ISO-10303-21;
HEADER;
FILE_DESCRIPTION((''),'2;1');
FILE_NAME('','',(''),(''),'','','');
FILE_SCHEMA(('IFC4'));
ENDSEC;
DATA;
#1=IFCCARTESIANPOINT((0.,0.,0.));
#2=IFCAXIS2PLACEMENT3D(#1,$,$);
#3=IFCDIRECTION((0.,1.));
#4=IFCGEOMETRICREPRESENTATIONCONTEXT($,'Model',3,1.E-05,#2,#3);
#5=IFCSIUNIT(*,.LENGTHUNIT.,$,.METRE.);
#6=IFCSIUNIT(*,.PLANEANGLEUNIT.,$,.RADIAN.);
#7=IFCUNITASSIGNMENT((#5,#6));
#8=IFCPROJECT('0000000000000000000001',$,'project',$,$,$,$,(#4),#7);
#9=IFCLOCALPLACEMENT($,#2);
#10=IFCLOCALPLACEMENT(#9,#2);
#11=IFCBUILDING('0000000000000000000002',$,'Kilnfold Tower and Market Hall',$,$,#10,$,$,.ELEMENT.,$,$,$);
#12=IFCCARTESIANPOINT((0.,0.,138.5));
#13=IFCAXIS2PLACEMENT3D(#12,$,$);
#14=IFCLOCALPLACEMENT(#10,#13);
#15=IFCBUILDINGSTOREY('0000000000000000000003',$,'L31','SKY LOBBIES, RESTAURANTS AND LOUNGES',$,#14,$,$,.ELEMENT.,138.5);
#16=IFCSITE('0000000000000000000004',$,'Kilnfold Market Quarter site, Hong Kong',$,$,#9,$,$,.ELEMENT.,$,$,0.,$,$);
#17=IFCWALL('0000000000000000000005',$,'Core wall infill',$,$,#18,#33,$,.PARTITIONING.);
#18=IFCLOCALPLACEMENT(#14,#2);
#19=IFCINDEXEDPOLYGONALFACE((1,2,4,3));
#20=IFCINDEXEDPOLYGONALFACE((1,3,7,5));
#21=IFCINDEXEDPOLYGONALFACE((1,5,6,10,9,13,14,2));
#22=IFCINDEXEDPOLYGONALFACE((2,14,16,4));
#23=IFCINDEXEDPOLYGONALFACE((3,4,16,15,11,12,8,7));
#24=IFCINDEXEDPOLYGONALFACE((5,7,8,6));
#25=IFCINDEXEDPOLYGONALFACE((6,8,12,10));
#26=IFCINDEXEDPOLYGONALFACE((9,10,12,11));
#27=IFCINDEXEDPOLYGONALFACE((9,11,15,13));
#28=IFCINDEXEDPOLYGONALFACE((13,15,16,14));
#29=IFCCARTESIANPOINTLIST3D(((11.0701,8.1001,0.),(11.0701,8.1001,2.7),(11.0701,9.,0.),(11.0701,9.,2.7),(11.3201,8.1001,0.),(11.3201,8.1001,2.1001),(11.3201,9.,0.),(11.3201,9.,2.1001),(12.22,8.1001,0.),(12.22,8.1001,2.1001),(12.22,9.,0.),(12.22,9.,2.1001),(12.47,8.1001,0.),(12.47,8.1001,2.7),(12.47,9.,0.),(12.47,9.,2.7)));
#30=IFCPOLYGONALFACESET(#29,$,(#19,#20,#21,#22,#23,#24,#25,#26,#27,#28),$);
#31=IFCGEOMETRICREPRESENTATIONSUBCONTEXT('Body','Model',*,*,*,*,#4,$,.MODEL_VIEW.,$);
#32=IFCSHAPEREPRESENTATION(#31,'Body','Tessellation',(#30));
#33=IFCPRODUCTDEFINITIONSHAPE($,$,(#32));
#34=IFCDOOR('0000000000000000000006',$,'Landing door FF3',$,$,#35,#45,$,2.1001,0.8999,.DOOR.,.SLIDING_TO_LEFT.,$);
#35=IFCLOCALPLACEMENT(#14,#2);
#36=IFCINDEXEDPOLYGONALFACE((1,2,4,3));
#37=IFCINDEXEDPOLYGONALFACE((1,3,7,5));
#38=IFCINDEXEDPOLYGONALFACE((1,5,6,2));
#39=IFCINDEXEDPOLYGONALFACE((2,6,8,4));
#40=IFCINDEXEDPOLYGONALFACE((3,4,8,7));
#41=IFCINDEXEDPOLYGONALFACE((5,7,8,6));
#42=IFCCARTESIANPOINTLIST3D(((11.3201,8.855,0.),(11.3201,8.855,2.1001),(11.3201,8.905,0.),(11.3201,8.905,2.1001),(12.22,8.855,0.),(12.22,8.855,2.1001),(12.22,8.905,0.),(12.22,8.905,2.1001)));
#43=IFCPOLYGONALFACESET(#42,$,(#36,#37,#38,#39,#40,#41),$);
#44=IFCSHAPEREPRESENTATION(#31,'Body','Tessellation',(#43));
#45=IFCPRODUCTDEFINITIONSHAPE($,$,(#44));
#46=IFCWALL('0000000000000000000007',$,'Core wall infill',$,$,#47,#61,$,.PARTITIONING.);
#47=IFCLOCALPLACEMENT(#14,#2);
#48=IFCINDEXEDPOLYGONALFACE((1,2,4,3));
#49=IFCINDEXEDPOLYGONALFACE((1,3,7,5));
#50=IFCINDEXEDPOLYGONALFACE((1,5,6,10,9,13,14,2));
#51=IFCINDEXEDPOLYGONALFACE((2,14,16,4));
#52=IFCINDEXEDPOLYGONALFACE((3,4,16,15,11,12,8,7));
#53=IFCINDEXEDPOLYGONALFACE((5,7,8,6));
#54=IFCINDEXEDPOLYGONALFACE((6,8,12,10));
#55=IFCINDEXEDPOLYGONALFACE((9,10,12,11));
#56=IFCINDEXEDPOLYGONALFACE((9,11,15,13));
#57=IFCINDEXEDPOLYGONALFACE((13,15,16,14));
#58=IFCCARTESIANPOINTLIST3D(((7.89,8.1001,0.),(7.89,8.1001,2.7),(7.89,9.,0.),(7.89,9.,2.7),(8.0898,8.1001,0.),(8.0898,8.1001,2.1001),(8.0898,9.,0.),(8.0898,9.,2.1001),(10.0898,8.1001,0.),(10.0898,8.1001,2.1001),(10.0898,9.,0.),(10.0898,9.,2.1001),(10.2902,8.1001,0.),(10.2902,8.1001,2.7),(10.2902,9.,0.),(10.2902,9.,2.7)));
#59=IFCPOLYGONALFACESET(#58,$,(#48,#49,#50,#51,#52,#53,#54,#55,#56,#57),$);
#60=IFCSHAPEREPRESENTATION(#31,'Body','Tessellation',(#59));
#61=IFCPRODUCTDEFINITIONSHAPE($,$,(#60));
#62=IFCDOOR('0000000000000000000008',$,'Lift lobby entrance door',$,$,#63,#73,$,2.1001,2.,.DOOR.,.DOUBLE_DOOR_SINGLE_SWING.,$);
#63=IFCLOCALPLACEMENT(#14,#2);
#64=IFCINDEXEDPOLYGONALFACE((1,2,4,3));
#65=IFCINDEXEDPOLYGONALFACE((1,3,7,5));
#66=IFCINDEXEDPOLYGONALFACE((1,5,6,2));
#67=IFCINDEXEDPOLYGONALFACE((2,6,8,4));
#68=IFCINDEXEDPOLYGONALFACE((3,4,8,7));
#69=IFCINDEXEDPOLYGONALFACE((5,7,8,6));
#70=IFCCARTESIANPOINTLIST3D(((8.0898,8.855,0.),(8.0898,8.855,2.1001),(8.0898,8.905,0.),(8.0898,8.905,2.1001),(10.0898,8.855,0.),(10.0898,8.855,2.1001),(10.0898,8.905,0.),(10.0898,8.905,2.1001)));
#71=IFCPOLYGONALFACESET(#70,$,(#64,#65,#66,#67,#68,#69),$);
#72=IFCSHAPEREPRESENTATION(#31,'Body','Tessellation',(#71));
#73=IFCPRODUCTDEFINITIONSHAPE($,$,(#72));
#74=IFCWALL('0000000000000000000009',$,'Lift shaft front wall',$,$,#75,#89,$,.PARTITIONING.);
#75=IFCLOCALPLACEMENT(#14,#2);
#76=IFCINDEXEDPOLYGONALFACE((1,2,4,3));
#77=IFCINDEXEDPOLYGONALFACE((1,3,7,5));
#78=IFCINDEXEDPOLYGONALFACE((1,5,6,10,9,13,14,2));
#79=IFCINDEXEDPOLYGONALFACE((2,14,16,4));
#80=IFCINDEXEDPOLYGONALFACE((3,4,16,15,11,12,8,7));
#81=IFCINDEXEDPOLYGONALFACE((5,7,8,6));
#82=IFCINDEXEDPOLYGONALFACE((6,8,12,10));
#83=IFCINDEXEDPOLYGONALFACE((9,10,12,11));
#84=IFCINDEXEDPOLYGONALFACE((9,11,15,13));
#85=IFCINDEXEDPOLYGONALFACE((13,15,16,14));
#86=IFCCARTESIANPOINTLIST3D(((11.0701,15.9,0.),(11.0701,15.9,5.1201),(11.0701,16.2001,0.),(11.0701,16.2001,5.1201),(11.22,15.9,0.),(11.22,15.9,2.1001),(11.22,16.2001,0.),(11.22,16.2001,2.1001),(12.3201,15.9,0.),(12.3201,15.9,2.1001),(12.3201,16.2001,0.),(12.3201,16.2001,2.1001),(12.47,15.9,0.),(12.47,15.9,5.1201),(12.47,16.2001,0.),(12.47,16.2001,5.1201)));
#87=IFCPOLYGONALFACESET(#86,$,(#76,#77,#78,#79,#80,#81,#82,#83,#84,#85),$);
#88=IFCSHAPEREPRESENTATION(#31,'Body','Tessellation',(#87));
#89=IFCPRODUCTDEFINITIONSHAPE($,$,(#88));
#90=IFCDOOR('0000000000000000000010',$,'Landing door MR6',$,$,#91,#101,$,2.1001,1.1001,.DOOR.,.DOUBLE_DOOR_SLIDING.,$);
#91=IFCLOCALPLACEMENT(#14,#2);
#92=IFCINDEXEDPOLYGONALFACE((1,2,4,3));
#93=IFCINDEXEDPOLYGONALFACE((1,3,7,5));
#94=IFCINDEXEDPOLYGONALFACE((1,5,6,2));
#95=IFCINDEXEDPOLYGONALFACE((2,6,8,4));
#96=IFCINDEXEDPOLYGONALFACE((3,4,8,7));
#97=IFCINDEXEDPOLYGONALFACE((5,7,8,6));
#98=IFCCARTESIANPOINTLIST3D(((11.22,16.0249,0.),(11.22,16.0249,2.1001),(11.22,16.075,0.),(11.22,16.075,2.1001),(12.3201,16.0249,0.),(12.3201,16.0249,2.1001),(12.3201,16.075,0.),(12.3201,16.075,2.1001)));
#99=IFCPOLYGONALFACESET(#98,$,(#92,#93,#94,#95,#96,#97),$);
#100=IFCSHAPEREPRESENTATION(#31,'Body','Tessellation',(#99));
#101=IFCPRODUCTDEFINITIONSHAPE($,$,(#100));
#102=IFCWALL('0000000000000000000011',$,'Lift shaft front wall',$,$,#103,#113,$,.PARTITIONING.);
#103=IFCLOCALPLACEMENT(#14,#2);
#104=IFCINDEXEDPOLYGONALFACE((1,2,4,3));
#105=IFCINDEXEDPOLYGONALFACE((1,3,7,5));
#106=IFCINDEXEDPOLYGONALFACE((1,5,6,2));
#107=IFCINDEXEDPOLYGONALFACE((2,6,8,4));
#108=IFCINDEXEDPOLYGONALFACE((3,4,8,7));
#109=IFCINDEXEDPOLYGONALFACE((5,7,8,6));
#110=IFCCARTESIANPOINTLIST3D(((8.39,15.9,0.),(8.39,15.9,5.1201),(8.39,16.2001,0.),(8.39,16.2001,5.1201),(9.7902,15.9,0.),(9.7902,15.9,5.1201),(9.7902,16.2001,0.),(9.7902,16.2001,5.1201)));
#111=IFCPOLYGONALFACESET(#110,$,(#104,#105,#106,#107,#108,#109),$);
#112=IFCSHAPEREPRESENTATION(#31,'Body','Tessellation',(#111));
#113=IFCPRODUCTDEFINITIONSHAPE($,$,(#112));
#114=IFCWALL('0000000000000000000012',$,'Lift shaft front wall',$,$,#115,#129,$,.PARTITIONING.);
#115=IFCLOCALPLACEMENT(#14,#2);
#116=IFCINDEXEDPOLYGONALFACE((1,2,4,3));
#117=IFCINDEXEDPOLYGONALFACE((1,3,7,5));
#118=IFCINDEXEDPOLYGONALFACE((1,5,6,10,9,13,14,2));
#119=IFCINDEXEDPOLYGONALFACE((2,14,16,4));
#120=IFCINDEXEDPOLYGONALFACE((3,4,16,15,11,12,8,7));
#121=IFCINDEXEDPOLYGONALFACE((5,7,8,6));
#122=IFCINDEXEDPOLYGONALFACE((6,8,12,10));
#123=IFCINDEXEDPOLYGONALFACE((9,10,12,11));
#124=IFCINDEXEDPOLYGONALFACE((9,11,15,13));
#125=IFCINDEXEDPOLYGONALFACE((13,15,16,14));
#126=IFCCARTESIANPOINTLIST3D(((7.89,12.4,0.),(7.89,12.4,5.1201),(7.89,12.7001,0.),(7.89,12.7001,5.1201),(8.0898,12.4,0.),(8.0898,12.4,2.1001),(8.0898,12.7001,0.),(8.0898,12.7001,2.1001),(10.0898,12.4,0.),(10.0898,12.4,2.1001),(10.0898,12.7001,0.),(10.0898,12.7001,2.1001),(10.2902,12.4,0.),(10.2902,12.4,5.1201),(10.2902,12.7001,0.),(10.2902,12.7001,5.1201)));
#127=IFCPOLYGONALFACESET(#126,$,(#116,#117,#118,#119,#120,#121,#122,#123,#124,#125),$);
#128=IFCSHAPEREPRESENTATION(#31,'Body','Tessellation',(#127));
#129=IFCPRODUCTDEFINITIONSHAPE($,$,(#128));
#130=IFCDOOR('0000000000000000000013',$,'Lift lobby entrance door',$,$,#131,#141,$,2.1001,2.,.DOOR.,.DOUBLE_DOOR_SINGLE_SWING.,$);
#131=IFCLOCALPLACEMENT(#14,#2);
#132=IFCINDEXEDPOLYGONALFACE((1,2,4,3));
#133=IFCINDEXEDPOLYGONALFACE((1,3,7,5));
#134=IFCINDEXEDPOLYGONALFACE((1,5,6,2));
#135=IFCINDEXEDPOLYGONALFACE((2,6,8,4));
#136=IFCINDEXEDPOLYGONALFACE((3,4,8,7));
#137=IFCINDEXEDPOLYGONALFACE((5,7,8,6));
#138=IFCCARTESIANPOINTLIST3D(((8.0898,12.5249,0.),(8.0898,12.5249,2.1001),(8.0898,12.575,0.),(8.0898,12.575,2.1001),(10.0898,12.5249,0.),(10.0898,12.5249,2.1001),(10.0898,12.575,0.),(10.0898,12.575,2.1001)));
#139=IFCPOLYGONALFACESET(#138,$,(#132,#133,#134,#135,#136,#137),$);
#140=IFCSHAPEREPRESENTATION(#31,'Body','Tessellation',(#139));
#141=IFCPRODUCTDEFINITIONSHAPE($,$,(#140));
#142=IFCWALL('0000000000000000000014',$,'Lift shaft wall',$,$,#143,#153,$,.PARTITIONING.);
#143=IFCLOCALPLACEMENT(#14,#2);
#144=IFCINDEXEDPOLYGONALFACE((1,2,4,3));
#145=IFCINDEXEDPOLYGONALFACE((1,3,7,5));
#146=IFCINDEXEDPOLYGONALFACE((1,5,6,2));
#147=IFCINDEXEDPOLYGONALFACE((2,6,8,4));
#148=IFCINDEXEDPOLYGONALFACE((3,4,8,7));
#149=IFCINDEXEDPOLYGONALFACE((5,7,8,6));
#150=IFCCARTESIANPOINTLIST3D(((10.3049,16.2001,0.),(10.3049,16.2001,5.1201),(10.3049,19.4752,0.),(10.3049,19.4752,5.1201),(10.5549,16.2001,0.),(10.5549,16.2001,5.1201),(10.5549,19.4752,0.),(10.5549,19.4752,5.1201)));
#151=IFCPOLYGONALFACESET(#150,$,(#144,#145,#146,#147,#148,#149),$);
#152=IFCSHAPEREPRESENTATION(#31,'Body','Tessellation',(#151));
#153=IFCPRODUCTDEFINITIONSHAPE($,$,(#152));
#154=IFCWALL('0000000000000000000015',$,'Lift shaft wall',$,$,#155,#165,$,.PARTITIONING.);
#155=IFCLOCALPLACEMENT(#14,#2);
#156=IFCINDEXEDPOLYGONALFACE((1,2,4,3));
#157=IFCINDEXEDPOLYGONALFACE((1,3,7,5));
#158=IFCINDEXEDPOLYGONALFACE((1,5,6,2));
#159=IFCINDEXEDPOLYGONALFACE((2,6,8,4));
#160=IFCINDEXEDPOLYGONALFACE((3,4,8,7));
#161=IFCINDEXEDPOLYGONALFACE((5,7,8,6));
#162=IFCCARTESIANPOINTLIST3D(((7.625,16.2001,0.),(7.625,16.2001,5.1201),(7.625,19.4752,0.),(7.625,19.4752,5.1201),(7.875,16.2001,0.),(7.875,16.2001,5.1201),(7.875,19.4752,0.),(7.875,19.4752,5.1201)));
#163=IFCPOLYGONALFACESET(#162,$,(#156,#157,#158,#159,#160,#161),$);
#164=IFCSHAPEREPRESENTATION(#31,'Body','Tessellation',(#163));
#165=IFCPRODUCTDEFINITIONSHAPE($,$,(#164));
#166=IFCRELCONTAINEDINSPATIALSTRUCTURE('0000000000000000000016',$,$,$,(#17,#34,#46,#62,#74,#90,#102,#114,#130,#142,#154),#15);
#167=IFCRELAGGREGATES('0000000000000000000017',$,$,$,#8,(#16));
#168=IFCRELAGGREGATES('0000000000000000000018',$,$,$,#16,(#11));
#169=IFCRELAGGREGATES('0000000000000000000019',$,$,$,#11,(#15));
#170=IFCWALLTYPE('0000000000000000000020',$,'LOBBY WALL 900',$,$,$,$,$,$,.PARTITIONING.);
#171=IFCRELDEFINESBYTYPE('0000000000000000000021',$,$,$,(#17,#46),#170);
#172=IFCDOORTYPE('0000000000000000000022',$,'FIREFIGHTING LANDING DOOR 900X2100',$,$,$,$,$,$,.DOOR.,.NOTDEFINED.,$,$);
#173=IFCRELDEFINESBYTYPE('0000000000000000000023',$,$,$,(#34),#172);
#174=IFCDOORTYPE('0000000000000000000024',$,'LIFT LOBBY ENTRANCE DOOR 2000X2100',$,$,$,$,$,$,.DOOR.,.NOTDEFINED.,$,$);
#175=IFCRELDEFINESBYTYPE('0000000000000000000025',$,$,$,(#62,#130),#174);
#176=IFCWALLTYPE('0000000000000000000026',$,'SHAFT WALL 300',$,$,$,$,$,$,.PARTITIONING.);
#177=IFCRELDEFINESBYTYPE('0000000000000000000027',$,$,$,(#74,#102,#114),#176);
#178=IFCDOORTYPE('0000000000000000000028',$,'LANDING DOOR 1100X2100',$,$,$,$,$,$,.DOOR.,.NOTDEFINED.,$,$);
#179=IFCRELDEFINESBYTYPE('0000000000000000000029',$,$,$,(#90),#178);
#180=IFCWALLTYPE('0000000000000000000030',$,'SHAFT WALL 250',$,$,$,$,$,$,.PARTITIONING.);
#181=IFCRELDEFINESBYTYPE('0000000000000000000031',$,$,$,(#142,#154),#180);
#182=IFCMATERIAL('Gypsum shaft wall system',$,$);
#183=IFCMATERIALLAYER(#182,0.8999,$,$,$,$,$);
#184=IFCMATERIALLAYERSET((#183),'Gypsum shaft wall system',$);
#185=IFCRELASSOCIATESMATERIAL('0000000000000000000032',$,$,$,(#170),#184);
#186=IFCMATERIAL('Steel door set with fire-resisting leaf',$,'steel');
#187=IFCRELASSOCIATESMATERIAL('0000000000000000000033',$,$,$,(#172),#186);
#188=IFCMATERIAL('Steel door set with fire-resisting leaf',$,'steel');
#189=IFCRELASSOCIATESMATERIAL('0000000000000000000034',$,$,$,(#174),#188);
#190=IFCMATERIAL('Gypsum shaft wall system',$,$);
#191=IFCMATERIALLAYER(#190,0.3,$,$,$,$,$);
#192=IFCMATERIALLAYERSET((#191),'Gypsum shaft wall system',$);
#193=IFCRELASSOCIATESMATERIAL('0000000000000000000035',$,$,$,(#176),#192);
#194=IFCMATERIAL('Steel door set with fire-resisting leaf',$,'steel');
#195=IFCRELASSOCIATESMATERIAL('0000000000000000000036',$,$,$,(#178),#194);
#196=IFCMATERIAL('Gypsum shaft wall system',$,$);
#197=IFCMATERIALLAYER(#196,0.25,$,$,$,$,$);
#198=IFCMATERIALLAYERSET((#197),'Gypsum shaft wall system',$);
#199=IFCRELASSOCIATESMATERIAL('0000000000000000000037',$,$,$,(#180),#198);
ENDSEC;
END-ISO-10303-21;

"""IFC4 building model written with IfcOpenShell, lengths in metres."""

from ifc_helpers import new_model, si_unit, direction, frame, frame_2d, origin, place, context, subcontext, project, spatial, rectangle, extrude, source, transform, mapped, material, layer, layer_set, type_object, element, fill, save


model = new_model("IFC4")

# Units and contexts
model_context = context("Model", 3, precision=1e-05, world=origin(), true_north=direction((0.0, 1.0)))
body_context = subcontext(model_context, "Body", "Model", "MODEL_VIEW")
ifc_project = project(units=[si_unit("LENGTHUNIT", "METRE"), si_unit("PLANEANGLEUNIT", "RADIAN")], contexts=[model_context])

# Site, building, storey
site_placement = place(None, origin())
site = spatial("IfcSite", under=ifc_project, at=site_placement, Name="Kilnfold Market Quarter site, Hong Kong", CompositionType="ELEMENT", RefElevation=0.0)
building_placement = place(site_placement, origin())
building = spatial("IfcBuilding", under=site, at=building_placement, Name="Kilnfold Tower and Market Hall", CompositionType="ELEMENT")
storey_placement = place(building_placement, frame((0.0, 0.0, 138.5)))
storey = spatial("IfcBuildingStorey", under=building, at=storey_placement, Name="L31", Description="SKY LOBBIES, RESTAURANTS AND LOUNGES", CompositionType="ELEMENT", Elevation=138.5)

# Walls, openings, doors
ifc_material_1 = material(Name="Gypsum shaft wall system")
ifc_layer_1 = layer(ifc_material_1, 0.8999)
ifc_layer_set_1 = layer_set([ifc_layer_1], Name="Gypsum shaft wall system")
wall_type_1 = type_object("IfcWallType", Name="LOBBY WALL 900", PredefinedType="PARTITIONING", material=ifc_layer_set_1)
shared_shape_1 = source(origin(), body_context, "Body", "SweptSolid", [
    extrude(rectangle(XDim=1.3999, YDim=0.8999, at=frame_2d((0.7, 0.0))), origin(), (0.0, 0.0, 1.0), 2.7),
])
wall_1_placement = place(storey_placement, frame((11.0701, 8.55, 0.0), z_axis=(0.0, 0.0, 1.0), x_axis=(1.0, 0.0, 0.0)))
wall_1 = element("IfcWall", 1, at=wall_1_placement, inside=storey, type_object=wall_type_1, Name="Core wall infill", PredefinedType="PARTITIONING", context=body_context, shape_type="MappedRepresentation", body=[
    mapped(shared_shape_1, transform((0.0, 0.0, 0.0))),
])
opening_1_placement = place(wall_1_placement, frame((0.25, 0.0, 0.0)))
opening_1 = element("IfcOpeningElement", 2, at=opening_1_placement, cuts=wall_1, PredefinedType="OPENING", context=body_context, shape_type="SweptSolid", body=[
    extrude(rectangle(XDim=0.8999, YDim=2.1001, at=frame_2d((0.45, 1.05))), frame((0.0, 0.46, 0.0), z_axis=(0.0, -1.0, 0.0), x_axis=(1.0, 0.0, 0.0)), (0.0, 0.0, 1.0), 0.9199),
])
ifc_material_2 = material(Name="Steel door set with fire-resisting leaf", Category="steel")
door_type_1 = type_object("IfcDoorType", Name="FIREFIGHTING LANDING DOOR 900X2100", OperationType="NOTDEFINED", PredefinedType="DOOR", material=ifc_material_2)
door_1_placement = place(opening_1_placement, origin())
door_1 = element("IfcDoor", 3, at=door_1_placement, inside=storey, type_object=door_type_1, Name="Landing door FF3", OperationType="SLIDING_TO_LEFT", OverallHeight=2.1001, OverallWidth=0.8999, PredefinedType="DOOR", context=body_context, shape_type="SweptSolid", body=[
    extrude(rectangle(XDim=0.8999, YDim=2.1001, at=frame_2d((0.45, 1.05))), frame((0.0, 0.355, 0.0), z_axis=(0.0, -1.0, 0.0), x_axis=(1.0, 0.0, 0.0)), (0.0, 0.0, 1.0), 0.05),
])
fill(opening_1, door_1)
shared_shape_2 = source(origin(), body_context, "Body", "SweptSolid", [
    extrude(rectangle(XDim=2.4001, YDim=0.8999, at=frame_2d((1.2002, 0.0))), origin(), (0.0, 0.0, 1.0), 2.7),
])
wall_2_placement = place(storey_placement, frame((7.8899, 8.55, 0.0), z_axis=(0.0, 0.0, 1.0), x_axis=(1.0, 0.0, 0.0)))
wall_2 = element("IfcWall", 4, at=wall_2_placement, inside=storey, type_object=wall_type_1, Name="Core wall infill", PredefinedType="PARTITIONING", context=body_context, shape_type="MappedRepresentation", body=[
    mapped(shared_shape_2, transform((0.0, 0.0, 0.0))),
])
opening_2_placement = place(wall_2_placement, frame((0.2, 0.0, 0.0)))
opening_2 = element("IfcOpeningElement", 5, at=opening_2_placement, cuts=wall_2, PredefinedType="OPENING", context=body_context, shape_type="SweptSolid", body=[
    extrude(rectangle(XDim=2.0, YDim=2.1001, at=frame_2d((1.0, 1.05))), frame((0.0, 0.46, 0.0), z_axis=(0.0, -1.0, 0.0), x_axis=(1.0, 0.0, 0.0)), (0.0, 0.0, 1.0), 0.9199),
])
ifc_material_3 = material(Name="Steel door set with fire-resisting leaf", Category="steel")
door_type_2 = type_object("IfcDoorType", Name="LIFT LOBBY ENTRANCE DOOR 2000X2100", OperationType="NOTDEFINED", PredefinedType="DOOR", material=ifc_material_3)
door_2_placement = place(opening_2_placement, origin())
door_2 = element("IfcDoor", 6, at=door_2_placement, inside=storey, type_object=door_type_2, Name="Lift lobby entrance door", OperationType="DOUBLE_DOOR_SINGLE_SWING", OverallHeight=2.1001, OverallWidth=2.0, PredefinedType="DOOR", context=body_context, shape_type="SweptSolid", body=[
    extrude(rectangle(XDim=2.0, YDim=2.1001, at=frame_2d((1.0, 1.05))), frame((0.0, 0.355, 0.0), z_axis=(0.0, -1.0, 0.0), x_axis=(1.0, 0.0, 0.0)), (0.0, 0.0, 1.0), 0.05),
])
fill(opening_2, door_2)
ifc_material_4 = material(Name="Gypsum shaft wall system")
ifc_layer_2 = layer(ifc_material_4, 0.3)
ifc_layer_set_2 = layer_set([ifc_layer_2], Name="Gypsum shaft wall system")
wall_type_2 = type_object("IfcWallType", Name="SHAFT WALL 300", PredefinedType="PARTITIONING", material=ifc_layer_set_2)
shared_shape_3 = source(origin(), body_context, "Body", "SweptSolid", [
    extrude(rectangle(XDim=1.3999, YDim=0.3, at=frame_2d((0.7, 0.0))), origin(), (0.0, 0.0, 1.0), 5.1201),
])
wall_3_placement = place(storey_placement, frame((11.0701, 16.05, 0.0), z_axis=(0.0, 0.0, 1.0), x_axis=(1.0, 0.0, 0.0)))
wall_3 = element("IfcWall", 7, at=wall_3_placement, inside=storey, type_object=wall_type_2, Name="Lift shaft front wall", PredefinedType="PARTITIONING", context=body_context, shape_type="MappedRepresentation", body=[
    mapped(shared_shape_3, transform((0.0, 0.0, 0.0))),
])
opening_3_placement = place(wall_3_placement, frame((0.1499, 0.0, 0.0)))
opening_3 = element("IfcOpeningElement", 8, at=opening_3_placement, cuts=wall_3, PredefinedType="OPENING", context=body_context, shape_type="SweptSolid", body=[
    extrude(rectangle(XDim=1.1001, YDim=2.1001, at=frame_2d((0.55, 1.05))), frame((0.0, 0.1602, 0.0), z_axis=(0.0, -1.0, 0.0), x_axis=(1.0, 0.0, 0.0)), (0.0, 0.0, 1.0), 0.3201),
])
ifc_material_5 = material(Name="Steel door set with fire-resisting leaf", Category="steel")
door_type_3 = type_object("IfcDoorType", Name="LANDING DOOR 1100X2100", OperationType="NOTDEFINED", PredefinedType="DOOR", material=ifc_material_5)
door_3_placement = place(opening_3_placement, origin())
door_3 = element("IfcDoor", 9, at=door_3_placement, inside=storey, type_object=door_type_3, Name="Landing door MR6", OperationType="DOUBLE_DOOR_SLIDING", OverallHeight=2.1001, OverallWidth=1.1001, PredefinedType="DOOR", context=body_context, shape_type="SweptSolid", body=[
    extrude(rectangle(XDim=1.1001, YDim=2.1001, at=frame_2d((0.55, 1.05))), frame((0.0, 0.0249, 0.0), z_axis=(0.0, -1.0, 0.0), x_axis=(1.0, 0.0, 0.0)), (0.0, 0.0, 1.0), 0.05),
])
fill(opening_3, door_3)

# Wall
shared_shape_4 = source(origin(), body_context, "Body", "SweptSolid", [
    extrude(rectangle(XDim=1.4001, YDim=0.3, at=frame_2d((0.7002, 0.0))), origin(), (0.0, 0.0, 1.0), 5.1201),
])
wall_4_placement = place(storey_placement, frame((8.3899, 16.05, 0.0), z_axis=(0.0, 0.0, 1.0), x_axis=(1.0, 0.0, 0.0)))
element("IfcWall", 10, at=wall_4_placement, inside=storey, type_object=wall_type_2, Name="Lift shaft front wall", PredefinedType="PARTITIONING", context=body_context, shape_type="MappedRepresentation", body=[
    mapped(shared_shape_4, transform((0.0, 0.0, 0.0))),
])

# Wall, opening, door
shared_shape_5 = source(origin(), body_context, "Body", "SweptSolid", [
    extrude(rectangle(XDim=2.4001, YDim=0.3, at=frame_2d((1.2002, 0.0))), origin(), (0.0, 0.0, 1.0), 5.1201),
])
wall_5_placement = place(storey_placement, frame((7.8899, 12.55, 0.0), z_axis=(0.0, 0.0, 1.0), x_axis=(1.0, 0.0, 0.0)))
wall_5 = element("IfcWall", 11, at=wall_5_placement, inside=storey, type_object=wall_type_2, Name="Lift shaft front wall", PredefinedType="PARTITIONING", context=body_context, shape_type="MappedRepresentation", body=[
    mapped(shared_shape_5, transform((0.0, 0.0, 0.0))),
])
opening_4_placement = place(wall_5_placement, frame((0.2, 0.0, 0.0)))
opening_4 = element("IfcOpeningElement", 12, at=opening_4_placement, cuts=wall_5, PredefinedType="OPENING", context=body_context, shape_type="SweptSolid", body=[
    extrude(rectangle(XDim=2.0, YDim=2.1001, at=frame_2d((1.0, 1.05))), frame((0.0, 0.1602, 0.0), z_axis=(0.0, -1.0, 0.0), x_axis=(1.0, 0.0, 0.0)), (0.0, 0.0, 1.0), 0.3201),
])
door_4_placement = place(opening_4_placement, origin())
door_4 = element("IfcDoor", 13, at=door_4_placement, inside=storey, type_object=door_type_2, Name="Lift lobby entrance door", OperationType="DOUBLE_DOOR_SINGLE_SWING", OverallHeight=2.1001, OverallWidth=2.0, PredefinedType="DOOR", context=body_context, shape_type="SweptSolid", body=[
    extrude(rectangle(XDim=2.0, YDim=2.1001, at=frame_2d((1.0, 1.05))), frame((0.0, 0.0249, 0.0), z_axis=(0.0, -1.0, 0.0), x_axis=(1.0, 0.0, 0.0)), (0.0, 0.0, 1.0), 0.05),
])
fill(opening_4, door_4)

# Walls
ifc_material_6 = material(Name="Gypsum shaft wall system")
ifc_layer_3 = layer(ifc_material_6, 0.25)
ifc_layer_set_3 = layer_set([ifc_layer_3], Name="Gypsum shaft wall system")
wall_type_3 = type_object("IfcWallType", Name="SHAFT WALL 250", PredefinedType="PARTITIONING", material=ifc_layer_set_3)
shared_shape_6 = source(origin(), body_context, "Body", "SweptSolid", [
    extrude(rectangle(XDim=3.2751, YDim=0.25, at=frame_2d((1.6377, 0.0))), origin(), (0.0, 0.0, 1.0), 5.1201),
])
for number, where, z_axis, x_axis, name in (
    (14, (10.4299, 16.2, 0.0), (0.0, 0.0, 1.0), (0.0, 1.0, 0.0), "Lift shaft wall"),
    (15, (7.75, 16.2, 0.0), (0.0, 0.0, 1.0), (0.0, 1.0, 0.0), "Lift shaft wall"),
):
    element("IfcWall", number, at=place(storey_placement, frame(where, z_axis=z_axis, x_axis=x_axis)), inside=storey, type_object=wall_type_3, Name=name, PredefinedType="PARTITIONING", context=body_context, shape_type="MappedRepresentation", body=[
        mapped(shared_shape_6, transform((0.0, 0.0, 0.0))),
    ])

save(model, "model.ifc")
